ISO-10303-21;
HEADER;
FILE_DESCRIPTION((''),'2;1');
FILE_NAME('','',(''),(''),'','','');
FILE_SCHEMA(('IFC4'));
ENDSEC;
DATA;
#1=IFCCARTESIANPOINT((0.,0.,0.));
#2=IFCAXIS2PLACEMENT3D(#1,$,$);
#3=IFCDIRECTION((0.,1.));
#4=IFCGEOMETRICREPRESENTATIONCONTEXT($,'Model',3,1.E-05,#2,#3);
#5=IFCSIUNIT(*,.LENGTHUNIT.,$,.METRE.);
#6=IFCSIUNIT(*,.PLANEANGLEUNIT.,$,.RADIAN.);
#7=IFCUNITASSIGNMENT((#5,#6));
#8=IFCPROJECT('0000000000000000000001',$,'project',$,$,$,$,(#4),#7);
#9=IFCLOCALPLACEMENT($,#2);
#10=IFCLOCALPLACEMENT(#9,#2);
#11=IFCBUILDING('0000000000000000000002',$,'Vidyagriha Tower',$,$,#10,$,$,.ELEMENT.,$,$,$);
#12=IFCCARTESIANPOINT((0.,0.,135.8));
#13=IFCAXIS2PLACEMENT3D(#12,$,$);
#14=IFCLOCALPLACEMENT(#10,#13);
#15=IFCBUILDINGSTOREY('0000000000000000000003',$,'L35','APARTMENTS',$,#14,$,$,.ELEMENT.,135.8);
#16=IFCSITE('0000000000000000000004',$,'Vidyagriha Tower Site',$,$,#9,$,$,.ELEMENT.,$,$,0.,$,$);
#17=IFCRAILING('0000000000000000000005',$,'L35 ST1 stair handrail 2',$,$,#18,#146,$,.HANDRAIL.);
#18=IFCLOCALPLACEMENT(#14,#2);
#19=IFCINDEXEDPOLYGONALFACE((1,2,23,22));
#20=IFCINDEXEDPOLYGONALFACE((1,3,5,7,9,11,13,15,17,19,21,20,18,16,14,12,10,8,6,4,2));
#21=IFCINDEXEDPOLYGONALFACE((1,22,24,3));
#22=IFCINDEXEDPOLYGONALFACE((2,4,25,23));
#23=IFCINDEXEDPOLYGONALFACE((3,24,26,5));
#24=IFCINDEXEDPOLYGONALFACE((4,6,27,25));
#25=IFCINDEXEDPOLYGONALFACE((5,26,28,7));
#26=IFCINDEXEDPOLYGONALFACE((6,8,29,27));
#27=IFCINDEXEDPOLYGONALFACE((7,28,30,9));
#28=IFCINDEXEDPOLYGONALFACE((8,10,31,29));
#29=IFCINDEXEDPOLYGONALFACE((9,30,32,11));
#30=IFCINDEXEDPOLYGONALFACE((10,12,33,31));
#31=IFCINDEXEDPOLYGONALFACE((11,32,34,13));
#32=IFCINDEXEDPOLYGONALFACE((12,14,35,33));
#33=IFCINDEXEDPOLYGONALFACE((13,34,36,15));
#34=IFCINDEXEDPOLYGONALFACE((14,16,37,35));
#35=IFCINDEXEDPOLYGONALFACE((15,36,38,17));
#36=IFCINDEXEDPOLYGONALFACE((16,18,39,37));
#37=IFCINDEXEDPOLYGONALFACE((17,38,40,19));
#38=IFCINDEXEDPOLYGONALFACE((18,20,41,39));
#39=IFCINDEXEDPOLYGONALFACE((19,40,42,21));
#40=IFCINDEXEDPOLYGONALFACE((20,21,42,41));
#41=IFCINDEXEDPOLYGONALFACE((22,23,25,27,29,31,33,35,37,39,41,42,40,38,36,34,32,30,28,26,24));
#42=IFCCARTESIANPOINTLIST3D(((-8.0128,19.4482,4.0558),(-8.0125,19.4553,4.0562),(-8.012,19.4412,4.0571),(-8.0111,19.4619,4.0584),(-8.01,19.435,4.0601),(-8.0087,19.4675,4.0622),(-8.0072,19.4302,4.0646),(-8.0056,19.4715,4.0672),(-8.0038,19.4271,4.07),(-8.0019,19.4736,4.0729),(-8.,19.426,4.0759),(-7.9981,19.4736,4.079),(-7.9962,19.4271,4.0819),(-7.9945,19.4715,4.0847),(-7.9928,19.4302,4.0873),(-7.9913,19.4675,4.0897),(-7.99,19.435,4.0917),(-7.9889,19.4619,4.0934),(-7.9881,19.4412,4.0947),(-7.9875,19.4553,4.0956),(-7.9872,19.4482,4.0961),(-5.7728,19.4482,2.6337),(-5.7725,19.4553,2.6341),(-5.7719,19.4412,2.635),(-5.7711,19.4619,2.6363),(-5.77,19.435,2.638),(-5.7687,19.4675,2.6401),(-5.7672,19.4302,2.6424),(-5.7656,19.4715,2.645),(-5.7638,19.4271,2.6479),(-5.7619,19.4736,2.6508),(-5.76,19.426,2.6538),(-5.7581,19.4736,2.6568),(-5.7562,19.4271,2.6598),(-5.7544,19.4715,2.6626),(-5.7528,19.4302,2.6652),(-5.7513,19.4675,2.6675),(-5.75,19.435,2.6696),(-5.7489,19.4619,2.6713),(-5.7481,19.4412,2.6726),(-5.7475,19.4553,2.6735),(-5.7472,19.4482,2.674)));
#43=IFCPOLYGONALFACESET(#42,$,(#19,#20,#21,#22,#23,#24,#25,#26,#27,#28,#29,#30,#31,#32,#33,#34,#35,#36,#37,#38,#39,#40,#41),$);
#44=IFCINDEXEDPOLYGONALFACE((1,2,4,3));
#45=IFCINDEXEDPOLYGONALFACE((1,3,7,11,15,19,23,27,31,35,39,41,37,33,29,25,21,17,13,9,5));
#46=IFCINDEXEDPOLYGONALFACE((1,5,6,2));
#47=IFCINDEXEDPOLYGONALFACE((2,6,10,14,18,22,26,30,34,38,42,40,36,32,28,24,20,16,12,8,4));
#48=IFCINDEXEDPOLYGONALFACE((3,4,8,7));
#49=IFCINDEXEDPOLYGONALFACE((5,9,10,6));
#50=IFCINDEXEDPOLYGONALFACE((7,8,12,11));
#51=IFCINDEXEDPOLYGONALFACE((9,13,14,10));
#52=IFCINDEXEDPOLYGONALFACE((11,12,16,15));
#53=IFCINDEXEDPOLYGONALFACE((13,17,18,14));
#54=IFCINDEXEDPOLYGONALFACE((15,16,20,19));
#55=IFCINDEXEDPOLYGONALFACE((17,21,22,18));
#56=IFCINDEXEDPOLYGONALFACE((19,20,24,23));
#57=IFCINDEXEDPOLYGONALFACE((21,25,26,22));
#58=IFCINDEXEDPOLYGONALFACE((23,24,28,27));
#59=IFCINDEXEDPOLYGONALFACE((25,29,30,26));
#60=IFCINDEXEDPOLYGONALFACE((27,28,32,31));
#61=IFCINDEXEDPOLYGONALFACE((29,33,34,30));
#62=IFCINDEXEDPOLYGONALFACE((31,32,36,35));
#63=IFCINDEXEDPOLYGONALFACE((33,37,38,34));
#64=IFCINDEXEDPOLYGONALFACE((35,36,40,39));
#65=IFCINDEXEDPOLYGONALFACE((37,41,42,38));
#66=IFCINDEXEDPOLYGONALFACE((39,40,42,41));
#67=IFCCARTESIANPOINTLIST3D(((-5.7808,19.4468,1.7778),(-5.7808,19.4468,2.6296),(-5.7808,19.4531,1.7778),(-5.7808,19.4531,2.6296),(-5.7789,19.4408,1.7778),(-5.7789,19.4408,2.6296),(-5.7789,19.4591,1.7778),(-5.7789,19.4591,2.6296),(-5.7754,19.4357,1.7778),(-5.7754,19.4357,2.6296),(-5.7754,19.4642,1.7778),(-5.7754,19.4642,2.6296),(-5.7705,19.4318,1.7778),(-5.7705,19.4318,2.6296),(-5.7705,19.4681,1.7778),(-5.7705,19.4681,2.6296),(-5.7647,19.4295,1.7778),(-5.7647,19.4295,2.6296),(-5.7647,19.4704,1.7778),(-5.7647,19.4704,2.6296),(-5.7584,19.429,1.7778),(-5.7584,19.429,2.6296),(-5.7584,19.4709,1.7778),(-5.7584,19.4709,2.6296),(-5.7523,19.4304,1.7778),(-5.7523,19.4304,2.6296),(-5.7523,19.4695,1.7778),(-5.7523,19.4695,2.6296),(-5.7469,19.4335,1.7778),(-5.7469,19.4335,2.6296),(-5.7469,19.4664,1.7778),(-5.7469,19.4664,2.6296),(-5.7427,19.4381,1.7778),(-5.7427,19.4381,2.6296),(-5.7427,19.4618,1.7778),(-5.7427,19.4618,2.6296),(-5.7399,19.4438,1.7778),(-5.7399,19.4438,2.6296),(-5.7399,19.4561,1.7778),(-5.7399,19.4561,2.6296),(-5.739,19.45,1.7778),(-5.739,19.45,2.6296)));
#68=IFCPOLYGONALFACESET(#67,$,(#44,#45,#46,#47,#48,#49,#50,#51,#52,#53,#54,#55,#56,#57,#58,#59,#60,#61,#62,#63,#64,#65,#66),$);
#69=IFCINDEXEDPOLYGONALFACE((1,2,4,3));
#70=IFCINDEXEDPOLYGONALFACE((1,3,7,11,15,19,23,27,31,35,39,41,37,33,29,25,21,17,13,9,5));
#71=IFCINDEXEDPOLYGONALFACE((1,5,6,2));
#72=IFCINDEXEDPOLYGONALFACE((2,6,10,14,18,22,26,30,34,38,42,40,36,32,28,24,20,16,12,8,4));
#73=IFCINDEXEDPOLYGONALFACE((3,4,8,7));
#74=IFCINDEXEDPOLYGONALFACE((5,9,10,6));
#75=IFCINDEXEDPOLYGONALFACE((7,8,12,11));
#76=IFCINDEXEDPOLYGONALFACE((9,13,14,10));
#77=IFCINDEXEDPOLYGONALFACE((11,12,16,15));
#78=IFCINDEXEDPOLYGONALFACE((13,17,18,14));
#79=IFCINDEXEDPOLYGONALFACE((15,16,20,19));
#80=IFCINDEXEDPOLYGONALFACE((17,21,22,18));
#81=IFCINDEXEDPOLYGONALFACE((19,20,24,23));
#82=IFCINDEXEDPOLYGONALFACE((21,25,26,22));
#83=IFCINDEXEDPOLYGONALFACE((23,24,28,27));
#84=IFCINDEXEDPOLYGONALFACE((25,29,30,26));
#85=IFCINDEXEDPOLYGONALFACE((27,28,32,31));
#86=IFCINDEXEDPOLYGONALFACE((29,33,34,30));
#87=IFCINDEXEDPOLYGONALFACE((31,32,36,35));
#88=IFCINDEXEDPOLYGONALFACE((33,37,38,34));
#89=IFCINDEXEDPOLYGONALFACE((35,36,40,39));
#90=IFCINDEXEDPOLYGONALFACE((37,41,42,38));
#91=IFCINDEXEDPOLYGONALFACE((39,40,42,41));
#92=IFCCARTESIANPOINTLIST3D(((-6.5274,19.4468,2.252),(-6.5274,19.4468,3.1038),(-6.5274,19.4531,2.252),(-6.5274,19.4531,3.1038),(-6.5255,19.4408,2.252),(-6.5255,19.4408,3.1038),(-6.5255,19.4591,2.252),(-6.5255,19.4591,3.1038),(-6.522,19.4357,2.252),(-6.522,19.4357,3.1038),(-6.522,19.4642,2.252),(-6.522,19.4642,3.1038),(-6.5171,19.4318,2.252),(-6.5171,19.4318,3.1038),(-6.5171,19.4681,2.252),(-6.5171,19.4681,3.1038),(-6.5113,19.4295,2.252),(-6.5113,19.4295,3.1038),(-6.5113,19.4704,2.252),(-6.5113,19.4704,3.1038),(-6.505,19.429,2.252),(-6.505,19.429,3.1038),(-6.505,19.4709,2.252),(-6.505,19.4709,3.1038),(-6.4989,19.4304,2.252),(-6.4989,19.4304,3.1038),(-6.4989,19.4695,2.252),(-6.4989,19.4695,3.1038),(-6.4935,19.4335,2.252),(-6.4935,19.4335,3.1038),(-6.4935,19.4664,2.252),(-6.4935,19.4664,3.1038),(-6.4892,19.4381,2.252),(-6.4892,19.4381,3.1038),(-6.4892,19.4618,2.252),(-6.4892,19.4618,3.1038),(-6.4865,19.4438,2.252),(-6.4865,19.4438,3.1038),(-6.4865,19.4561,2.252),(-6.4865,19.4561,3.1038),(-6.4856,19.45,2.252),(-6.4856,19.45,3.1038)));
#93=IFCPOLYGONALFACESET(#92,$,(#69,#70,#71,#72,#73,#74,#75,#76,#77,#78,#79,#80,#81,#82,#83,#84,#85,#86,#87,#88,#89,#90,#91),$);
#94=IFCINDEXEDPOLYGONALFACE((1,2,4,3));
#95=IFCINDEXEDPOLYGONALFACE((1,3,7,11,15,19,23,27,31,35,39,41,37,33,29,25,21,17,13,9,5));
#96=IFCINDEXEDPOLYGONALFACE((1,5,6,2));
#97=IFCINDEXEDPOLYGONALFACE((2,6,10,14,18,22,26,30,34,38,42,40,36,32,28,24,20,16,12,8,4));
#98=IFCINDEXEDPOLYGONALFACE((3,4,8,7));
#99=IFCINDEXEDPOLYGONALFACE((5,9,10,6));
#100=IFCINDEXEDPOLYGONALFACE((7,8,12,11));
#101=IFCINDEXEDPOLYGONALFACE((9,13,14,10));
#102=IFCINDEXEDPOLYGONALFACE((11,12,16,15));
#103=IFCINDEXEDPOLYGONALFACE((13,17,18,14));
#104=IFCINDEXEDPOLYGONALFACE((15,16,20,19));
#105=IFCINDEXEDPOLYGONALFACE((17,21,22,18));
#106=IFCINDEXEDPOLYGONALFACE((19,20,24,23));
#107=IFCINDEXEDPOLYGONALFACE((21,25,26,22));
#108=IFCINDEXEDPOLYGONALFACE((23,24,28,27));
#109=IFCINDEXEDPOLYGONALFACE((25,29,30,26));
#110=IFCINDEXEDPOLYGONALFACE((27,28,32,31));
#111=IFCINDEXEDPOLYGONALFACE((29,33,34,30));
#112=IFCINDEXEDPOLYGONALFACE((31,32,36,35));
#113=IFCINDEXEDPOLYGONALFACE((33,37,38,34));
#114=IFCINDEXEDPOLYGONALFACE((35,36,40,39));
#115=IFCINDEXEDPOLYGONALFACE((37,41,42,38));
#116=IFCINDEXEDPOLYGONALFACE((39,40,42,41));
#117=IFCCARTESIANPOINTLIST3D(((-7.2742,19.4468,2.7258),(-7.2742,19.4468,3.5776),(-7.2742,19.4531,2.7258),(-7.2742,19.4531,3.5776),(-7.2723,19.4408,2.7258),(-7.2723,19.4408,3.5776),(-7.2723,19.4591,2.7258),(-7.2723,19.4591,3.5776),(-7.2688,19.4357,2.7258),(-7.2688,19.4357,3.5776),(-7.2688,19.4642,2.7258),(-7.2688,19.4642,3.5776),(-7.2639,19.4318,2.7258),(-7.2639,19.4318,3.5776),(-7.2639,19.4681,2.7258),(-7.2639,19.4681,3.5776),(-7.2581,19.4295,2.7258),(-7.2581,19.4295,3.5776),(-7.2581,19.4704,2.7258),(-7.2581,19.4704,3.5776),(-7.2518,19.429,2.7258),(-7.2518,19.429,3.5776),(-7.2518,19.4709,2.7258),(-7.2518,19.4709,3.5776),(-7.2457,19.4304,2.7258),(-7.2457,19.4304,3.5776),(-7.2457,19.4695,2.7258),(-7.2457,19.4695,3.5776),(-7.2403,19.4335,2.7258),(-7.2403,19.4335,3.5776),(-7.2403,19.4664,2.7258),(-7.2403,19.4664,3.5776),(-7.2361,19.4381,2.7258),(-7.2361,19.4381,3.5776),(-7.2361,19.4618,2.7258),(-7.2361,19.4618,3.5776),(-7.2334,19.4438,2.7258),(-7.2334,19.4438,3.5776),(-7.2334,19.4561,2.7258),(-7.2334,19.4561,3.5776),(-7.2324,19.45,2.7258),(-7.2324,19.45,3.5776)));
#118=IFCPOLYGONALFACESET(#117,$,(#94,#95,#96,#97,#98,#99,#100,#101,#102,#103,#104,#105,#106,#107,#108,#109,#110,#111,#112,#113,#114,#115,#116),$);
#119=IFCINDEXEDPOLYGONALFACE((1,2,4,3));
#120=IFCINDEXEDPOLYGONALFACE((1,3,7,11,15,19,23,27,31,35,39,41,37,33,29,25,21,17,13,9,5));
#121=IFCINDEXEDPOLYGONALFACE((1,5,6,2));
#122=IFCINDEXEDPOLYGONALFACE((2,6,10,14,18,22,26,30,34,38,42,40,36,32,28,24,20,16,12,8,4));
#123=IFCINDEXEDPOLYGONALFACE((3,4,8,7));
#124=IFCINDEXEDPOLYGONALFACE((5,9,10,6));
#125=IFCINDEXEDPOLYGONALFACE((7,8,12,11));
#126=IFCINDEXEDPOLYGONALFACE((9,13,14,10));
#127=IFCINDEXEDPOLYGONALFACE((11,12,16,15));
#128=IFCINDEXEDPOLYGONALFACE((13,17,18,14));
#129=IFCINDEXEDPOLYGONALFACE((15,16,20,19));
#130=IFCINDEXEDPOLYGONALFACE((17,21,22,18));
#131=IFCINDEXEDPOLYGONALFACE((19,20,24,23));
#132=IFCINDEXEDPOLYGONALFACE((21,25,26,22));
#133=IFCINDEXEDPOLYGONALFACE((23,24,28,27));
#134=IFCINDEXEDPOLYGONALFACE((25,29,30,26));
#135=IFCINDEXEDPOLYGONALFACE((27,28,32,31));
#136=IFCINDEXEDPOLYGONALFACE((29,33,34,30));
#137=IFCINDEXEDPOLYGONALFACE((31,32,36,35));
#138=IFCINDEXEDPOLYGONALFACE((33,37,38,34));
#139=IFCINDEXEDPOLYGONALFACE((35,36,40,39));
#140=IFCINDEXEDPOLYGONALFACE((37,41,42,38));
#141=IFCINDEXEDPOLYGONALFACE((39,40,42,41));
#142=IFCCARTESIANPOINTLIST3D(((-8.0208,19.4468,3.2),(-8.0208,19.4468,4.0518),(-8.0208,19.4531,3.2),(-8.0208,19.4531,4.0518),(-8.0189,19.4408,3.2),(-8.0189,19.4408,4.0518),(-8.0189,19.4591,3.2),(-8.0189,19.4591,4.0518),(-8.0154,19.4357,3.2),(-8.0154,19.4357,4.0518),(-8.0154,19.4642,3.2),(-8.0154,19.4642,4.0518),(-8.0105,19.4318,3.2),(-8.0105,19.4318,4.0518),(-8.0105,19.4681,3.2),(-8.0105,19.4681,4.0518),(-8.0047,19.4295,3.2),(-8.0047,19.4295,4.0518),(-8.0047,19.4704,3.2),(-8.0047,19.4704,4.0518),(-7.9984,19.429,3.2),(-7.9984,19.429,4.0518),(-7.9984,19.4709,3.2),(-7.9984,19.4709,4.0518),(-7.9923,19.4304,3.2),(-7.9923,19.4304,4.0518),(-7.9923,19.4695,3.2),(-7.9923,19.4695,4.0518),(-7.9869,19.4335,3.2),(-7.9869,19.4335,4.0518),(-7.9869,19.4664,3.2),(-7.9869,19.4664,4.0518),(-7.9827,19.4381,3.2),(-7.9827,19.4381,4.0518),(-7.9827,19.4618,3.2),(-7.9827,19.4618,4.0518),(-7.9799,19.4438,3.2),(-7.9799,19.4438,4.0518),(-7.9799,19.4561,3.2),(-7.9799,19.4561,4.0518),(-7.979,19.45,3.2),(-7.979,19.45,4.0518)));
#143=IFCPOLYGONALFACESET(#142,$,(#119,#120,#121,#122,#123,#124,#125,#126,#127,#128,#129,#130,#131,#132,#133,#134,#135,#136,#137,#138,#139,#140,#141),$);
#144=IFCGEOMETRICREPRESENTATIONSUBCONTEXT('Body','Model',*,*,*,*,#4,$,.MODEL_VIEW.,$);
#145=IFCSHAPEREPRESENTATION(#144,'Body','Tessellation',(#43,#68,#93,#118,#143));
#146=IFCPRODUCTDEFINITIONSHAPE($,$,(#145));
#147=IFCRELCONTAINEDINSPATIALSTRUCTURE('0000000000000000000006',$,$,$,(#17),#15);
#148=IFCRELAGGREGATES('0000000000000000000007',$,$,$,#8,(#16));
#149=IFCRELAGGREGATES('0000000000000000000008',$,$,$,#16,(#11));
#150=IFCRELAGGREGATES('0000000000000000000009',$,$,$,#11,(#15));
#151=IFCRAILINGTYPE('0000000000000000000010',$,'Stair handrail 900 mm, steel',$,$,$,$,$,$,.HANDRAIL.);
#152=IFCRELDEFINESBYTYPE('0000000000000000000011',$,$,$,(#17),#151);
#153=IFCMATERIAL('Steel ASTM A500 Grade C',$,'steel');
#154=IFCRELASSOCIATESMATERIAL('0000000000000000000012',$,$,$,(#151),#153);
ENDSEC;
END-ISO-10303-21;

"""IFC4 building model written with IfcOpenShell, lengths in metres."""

from ifc_helpers import new_model, si_unit, direction, frame, origin, origin_2d, place, context, subcontext, project, spatial, circle, extrude, material, type_object, element, save


model = new_model("IFC4")

# Units and contexts
model_context = context("Model", 3, precision=1e-05, world=origin(), true_north=direction((0.0, 1.0)))
body_context = subcontext(model_context, "Body", "Model", "MODEL_VIEW")
ifc_project = project(units=[si_unit("LENGTHUNIT", "METRE"), si_unit("PLANEANGLEUNIT", "RADIAN")], contexts=[model_context])

# Site, building, storey
site_placement = place(None, origin())
site = spatial("IfcSite", under=ifc_project, at=site_placement, Name="Vidyagriha Tower Site", CompositionType="ELEMENT", RefElevation=0.0)
building_placement = place(site_placement, origin())
building = spatial("IfcBuilding", under=site, at=building_placement, Name="Vidyagriha Tower", CompositionType="ELEMENT")
storey_placement = place(building_placement, frame((0.0, 0.0, 135.8)))
storey = spatial("IfcBuildingStorey", under=building, at=storey_placement, Name="L35", Description="APARTMENTS", CompositionType="ELEMENT", Elevation=135.8)

# Railing
ifc_material_1 = material(Name="Steel ASTM A500 Grade C", Category="steel")
railing_type_1 = type_object("IfcRailingType", Name="Stair handrail 900 mm, steel", PredefinedType="HANDRAIL", material=ifc_material_1)
railing_1_placement = place(storey_placement, frame((-5.76, 19.45, 1.7778)))
element("IfcRailing", 1, at=railing_1_placement, inside=storey, type_object=railing_type_1, Name="L35 ST1 stair handrail 2", PredefinedType="HANDRAIL", context=body_context, shape_type="SweptSolid", body=[
    extrude(circle(Radius=0.0239, at=origin_2d()), frame((0.0, 0.0, 0.876), z_axis=(-0.844229, 0.0, 0.535982), x_axis=(0.0, -1.0, 0.0)), (0.0, 0.0, 1.0), 2.6533),
    extrude(circle(Radius=0.021, at=origin_2d()), origin(), (0.0, 0.0, 1.0), 0.8518),
    extrude(circle(Radius=0.021, at=origin_2d()), frame((-0.7466, 0.0, 0.4741)), (0.0, 0.0, 1.0), 0.8518),
    extrude(circle(Radius=0.021, at=origin_2d()), frame((-1.4934, 0.0, 0.948)), (0.0, 0.0, 1.0), 0.8518),
    extrude(circle(Radius=0.021, at=origin_2d()), frame((-2.24, 0.0, 1.4221)), (0.0, 0.0, 1.0), 0.8518),
])

save(model, "model.ifc")
